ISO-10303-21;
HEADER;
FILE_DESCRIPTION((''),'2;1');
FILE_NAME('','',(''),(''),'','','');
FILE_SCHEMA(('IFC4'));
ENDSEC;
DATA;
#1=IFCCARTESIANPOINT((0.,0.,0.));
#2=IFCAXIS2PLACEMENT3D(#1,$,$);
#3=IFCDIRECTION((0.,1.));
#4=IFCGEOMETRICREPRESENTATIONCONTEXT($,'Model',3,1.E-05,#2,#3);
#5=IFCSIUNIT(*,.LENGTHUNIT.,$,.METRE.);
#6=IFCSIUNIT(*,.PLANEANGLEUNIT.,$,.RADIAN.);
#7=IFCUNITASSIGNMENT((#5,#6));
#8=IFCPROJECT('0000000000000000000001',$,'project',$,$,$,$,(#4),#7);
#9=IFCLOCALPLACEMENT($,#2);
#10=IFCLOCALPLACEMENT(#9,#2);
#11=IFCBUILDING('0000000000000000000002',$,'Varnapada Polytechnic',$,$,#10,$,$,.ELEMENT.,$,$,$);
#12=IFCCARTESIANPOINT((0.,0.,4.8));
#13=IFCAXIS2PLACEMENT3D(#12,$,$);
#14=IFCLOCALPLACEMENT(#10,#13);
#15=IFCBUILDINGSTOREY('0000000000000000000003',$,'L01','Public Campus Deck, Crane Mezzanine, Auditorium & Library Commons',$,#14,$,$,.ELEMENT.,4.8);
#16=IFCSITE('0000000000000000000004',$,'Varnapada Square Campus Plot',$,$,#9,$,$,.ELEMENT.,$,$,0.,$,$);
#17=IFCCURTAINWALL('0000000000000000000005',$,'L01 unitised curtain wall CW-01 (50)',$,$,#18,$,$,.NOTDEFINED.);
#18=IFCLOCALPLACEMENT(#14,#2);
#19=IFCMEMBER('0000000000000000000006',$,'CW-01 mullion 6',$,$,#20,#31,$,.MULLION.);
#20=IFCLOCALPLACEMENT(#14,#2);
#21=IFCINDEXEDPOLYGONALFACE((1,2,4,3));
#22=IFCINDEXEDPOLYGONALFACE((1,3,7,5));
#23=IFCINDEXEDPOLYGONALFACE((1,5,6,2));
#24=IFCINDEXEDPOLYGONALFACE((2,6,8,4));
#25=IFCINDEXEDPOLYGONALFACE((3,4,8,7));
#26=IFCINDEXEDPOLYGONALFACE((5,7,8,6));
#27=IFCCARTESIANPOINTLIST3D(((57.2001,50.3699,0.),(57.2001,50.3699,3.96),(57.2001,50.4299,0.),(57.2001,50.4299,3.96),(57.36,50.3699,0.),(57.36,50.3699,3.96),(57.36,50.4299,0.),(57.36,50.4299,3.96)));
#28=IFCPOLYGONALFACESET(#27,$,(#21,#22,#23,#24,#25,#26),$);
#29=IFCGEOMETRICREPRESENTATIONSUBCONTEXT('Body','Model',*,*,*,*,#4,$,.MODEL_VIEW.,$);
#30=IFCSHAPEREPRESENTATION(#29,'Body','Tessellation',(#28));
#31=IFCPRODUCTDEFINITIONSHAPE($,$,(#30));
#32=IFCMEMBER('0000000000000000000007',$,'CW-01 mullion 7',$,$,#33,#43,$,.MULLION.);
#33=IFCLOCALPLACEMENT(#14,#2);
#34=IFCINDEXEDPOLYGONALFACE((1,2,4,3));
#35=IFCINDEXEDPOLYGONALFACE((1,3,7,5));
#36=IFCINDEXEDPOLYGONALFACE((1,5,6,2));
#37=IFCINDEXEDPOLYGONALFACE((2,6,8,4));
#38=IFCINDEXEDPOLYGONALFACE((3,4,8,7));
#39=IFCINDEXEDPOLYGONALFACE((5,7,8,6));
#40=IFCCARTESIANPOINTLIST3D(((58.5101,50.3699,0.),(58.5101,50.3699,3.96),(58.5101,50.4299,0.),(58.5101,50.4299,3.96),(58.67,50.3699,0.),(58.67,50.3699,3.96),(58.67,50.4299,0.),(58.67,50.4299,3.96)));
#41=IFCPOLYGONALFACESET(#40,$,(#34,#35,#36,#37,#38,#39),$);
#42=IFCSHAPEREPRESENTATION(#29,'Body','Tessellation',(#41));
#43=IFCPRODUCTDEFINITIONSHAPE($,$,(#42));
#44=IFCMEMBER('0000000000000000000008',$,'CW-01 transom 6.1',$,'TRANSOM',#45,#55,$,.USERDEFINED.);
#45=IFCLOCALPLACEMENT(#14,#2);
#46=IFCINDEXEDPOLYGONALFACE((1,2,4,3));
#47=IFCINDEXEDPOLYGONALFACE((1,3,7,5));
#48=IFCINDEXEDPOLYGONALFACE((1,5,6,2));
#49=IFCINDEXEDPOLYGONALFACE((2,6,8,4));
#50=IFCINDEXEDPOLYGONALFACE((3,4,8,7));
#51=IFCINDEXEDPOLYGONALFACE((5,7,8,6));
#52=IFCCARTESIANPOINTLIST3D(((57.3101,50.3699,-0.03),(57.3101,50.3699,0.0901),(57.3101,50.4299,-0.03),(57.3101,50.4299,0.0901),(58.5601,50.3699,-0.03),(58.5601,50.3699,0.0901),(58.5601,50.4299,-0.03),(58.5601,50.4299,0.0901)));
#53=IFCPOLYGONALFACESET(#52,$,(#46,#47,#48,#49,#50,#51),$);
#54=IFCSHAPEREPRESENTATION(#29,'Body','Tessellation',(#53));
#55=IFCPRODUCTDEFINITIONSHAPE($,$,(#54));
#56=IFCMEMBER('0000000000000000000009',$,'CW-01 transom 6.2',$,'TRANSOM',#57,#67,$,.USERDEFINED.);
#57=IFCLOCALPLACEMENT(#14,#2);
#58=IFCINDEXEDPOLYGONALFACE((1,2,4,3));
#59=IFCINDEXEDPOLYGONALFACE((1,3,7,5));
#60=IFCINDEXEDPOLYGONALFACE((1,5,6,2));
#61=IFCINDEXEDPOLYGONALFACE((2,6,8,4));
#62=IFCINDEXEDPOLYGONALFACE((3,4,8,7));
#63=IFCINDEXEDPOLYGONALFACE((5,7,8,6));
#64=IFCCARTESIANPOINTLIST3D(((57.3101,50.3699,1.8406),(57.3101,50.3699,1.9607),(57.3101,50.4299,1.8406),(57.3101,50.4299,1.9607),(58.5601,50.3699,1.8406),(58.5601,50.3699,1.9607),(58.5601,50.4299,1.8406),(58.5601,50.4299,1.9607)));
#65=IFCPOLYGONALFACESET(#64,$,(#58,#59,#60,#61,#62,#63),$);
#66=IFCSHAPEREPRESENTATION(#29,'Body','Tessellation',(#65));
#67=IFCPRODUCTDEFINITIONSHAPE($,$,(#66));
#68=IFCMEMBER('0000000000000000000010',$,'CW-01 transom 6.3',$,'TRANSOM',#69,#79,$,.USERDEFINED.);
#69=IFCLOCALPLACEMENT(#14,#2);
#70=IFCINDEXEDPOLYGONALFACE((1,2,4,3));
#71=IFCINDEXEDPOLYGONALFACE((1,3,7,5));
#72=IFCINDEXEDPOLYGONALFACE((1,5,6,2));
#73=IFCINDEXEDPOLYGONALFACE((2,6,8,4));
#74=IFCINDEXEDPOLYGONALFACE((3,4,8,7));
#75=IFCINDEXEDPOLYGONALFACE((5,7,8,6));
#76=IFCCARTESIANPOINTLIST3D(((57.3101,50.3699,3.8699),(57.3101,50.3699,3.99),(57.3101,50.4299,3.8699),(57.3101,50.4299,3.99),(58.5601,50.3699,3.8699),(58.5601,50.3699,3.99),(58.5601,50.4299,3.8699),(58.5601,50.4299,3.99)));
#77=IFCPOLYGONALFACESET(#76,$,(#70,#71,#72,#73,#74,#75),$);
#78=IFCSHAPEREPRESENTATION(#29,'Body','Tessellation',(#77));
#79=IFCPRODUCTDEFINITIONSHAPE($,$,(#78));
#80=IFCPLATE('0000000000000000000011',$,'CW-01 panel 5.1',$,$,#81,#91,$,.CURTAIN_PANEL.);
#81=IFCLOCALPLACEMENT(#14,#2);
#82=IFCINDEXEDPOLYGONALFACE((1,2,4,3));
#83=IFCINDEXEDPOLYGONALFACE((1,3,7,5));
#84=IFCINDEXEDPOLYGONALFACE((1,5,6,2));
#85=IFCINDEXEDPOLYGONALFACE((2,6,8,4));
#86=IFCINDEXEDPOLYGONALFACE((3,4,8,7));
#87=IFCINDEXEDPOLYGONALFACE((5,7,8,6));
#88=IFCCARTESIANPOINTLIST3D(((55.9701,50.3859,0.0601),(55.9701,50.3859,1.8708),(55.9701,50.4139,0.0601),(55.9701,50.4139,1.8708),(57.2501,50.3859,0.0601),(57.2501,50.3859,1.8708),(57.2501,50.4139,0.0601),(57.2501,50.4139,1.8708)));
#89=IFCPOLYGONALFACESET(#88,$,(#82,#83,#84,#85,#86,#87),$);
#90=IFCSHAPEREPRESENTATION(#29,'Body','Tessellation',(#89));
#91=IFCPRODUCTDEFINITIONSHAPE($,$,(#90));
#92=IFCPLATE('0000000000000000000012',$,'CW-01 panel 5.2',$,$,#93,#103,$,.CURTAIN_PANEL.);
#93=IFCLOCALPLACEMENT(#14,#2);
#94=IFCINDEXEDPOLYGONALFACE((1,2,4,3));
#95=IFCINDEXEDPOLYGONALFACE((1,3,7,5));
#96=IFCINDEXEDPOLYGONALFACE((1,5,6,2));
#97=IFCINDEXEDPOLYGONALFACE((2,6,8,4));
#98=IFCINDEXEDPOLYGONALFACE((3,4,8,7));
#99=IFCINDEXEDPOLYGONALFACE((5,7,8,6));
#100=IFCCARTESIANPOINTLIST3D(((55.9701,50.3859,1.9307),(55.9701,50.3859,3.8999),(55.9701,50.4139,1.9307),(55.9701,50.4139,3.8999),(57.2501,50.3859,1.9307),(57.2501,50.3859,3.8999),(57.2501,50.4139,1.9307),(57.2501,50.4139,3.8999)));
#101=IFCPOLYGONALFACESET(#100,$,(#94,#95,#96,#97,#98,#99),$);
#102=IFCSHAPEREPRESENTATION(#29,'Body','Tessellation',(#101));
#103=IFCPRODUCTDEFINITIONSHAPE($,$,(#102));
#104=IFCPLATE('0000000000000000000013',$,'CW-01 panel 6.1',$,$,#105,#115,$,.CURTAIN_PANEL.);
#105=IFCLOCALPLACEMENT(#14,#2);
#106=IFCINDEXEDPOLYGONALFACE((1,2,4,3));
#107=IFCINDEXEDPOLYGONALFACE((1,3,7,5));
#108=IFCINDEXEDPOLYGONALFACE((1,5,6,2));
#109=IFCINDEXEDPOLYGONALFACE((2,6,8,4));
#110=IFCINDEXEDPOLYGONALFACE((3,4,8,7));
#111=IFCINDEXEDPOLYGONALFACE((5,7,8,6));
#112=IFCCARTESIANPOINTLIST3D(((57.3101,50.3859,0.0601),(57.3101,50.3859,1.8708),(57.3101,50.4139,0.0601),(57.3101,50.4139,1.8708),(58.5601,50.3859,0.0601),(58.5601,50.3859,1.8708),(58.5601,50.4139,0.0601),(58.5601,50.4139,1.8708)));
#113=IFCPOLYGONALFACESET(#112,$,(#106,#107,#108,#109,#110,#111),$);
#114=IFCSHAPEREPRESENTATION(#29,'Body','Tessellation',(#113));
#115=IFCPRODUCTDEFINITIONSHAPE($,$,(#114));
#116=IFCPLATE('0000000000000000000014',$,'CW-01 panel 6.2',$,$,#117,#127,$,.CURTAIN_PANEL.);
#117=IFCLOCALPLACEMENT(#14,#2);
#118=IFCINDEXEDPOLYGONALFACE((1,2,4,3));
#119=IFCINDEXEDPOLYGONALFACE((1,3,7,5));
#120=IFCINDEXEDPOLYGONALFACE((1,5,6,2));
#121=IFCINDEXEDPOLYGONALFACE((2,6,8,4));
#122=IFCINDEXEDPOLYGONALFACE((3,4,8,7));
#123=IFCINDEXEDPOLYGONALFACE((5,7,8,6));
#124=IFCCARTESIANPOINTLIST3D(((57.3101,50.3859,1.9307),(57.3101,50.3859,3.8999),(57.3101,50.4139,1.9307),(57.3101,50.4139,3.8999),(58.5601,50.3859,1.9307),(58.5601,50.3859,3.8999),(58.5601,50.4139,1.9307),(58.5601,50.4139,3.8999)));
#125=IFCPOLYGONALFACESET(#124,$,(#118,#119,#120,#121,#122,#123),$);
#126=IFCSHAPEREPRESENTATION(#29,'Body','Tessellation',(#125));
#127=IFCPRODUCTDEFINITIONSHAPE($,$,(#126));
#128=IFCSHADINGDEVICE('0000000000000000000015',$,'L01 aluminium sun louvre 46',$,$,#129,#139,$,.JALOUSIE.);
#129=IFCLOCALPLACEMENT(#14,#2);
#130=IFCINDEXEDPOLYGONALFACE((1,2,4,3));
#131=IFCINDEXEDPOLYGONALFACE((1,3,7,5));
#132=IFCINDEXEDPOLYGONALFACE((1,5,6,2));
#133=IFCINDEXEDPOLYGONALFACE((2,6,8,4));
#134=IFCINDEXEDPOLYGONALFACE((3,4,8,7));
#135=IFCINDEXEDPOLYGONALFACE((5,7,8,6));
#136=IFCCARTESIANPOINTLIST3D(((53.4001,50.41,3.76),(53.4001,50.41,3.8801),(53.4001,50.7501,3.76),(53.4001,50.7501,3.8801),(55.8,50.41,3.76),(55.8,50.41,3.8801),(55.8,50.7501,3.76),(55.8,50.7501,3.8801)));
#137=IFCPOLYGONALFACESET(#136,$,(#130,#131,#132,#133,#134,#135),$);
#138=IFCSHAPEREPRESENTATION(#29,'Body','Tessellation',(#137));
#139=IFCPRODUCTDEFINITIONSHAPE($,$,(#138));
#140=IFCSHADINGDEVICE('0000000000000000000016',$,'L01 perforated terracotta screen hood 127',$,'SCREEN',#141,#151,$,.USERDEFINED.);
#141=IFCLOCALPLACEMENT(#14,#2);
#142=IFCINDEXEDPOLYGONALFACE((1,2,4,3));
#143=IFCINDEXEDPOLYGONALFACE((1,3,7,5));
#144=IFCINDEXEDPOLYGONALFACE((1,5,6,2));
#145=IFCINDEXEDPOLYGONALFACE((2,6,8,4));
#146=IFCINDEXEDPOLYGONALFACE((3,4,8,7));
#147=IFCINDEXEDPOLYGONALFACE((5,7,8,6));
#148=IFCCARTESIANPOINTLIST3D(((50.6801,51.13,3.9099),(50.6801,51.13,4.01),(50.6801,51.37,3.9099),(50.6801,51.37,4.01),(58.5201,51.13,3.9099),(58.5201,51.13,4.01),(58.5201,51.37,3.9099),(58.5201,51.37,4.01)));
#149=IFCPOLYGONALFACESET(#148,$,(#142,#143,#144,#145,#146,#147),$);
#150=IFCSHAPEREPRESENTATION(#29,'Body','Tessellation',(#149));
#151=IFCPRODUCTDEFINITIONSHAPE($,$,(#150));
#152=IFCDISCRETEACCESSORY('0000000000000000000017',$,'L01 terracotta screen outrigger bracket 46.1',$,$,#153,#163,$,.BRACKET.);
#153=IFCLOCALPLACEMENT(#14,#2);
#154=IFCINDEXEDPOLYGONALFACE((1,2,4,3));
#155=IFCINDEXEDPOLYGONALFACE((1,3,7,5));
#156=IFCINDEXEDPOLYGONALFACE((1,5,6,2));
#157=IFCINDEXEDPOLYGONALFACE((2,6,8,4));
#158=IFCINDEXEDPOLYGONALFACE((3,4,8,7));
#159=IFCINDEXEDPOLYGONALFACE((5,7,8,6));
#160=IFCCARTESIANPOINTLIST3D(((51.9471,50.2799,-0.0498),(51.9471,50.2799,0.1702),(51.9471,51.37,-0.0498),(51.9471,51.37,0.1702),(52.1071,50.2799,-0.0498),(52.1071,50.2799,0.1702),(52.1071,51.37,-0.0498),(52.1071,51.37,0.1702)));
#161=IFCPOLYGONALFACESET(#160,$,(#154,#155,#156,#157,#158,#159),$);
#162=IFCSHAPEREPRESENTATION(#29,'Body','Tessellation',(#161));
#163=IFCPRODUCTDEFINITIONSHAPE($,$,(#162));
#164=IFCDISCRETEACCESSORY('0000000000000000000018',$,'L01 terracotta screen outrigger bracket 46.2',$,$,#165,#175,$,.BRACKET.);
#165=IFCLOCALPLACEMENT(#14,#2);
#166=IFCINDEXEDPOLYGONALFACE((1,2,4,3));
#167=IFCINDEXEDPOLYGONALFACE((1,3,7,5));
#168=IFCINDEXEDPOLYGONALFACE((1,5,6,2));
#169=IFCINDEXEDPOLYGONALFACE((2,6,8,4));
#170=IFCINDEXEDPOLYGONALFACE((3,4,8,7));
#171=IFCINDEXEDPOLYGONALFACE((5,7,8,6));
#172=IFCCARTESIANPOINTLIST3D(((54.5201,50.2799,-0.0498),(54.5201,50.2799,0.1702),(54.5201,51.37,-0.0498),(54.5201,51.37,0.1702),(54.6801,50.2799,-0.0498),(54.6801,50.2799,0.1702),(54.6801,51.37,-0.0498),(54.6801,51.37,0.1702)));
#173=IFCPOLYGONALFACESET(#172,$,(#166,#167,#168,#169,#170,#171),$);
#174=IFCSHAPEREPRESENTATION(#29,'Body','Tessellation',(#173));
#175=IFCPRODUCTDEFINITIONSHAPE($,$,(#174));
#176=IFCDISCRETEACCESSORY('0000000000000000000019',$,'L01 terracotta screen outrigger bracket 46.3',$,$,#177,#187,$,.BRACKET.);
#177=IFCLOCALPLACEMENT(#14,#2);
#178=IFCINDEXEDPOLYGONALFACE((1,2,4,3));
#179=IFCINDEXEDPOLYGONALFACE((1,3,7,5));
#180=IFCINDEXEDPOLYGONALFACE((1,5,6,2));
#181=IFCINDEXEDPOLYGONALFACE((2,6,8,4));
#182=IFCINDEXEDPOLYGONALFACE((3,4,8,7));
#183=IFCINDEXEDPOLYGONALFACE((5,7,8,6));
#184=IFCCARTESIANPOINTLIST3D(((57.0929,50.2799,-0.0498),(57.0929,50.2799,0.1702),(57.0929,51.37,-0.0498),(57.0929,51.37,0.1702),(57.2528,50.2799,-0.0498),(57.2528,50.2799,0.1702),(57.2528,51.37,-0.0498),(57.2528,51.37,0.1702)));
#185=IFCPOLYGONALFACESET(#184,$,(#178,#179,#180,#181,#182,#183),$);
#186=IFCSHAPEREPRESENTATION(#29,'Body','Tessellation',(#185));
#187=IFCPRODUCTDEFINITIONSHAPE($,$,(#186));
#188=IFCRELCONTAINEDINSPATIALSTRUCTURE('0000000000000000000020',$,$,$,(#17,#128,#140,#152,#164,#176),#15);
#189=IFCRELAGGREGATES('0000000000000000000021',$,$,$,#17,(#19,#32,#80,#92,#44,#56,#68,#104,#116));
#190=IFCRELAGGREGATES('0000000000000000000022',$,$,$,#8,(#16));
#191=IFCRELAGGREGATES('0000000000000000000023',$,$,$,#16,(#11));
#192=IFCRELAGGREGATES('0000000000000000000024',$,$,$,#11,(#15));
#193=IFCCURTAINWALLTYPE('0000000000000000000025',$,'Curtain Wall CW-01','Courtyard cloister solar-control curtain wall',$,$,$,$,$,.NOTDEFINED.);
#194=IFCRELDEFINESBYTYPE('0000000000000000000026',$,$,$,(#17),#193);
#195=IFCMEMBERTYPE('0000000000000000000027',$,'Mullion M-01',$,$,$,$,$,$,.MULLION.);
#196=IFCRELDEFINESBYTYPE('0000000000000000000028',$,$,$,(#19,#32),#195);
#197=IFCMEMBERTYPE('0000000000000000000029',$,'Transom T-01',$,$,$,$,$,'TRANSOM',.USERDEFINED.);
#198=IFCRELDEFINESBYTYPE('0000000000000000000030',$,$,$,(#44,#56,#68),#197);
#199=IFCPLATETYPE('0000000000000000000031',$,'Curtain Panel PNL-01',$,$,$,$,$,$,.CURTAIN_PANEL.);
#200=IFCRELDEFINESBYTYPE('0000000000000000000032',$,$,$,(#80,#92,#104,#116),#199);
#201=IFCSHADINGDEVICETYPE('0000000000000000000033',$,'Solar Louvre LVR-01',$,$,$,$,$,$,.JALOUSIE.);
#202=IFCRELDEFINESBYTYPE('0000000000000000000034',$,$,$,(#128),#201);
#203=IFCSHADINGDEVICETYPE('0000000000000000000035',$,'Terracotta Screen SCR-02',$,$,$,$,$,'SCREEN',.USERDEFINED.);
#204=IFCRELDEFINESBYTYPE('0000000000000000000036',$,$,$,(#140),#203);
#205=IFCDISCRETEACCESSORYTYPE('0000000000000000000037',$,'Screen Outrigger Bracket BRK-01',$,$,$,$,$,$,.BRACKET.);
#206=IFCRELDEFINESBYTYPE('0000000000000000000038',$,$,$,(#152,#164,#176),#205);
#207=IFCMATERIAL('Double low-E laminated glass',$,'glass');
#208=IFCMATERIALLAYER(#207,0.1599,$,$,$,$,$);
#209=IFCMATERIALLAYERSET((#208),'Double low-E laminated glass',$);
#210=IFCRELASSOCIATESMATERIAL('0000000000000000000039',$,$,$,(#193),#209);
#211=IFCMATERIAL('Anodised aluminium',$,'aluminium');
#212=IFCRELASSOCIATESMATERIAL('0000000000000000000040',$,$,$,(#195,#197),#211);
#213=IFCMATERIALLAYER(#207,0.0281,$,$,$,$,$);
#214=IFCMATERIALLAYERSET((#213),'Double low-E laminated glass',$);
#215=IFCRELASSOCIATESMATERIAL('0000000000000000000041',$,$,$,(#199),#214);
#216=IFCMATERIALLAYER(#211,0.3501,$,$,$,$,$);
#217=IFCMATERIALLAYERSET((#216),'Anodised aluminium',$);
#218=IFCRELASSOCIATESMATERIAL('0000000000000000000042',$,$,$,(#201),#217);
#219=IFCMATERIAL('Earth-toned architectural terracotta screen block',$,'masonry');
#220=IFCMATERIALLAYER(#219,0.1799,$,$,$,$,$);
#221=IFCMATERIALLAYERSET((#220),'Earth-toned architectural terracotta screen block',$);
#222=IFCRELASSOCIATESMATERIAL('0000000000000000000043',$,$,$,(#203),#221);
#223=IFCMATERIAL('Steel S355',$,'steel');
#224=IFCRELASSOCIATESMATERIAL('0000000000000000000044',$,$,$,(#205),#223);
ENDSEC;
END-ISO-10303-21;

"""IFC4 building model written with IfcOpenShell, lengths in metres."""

from ifc_helpers import new_model, si_unit, direction, frame, origin, origin_2d, place, context, subcontext, project, spatial, rectangle, extrude, material, layer, layer_set, material_profile, profile_set, type_object, element, aggregate, save


model = new_model("IFC4")

# Units and contexts
model_context = context("Model", 3, precision=1e-05, world=origin(), true_north=direction((0.0, 1.0)))
body_context = subcontext(model_context, "Body", "Model", "MODEL_VIEW")
ifc_project = project(units=[si_unit("LENGTHUNIT", "METRE"), si_unit("PLANEANGLEUNIT", "RADIAN")], contexts=[model_context])

# Site, building, storey
site_placement = place(None, origin())
site = spatial("IfcSite", under=ifc_project, at=site_placement, Name="Varnapada Square Campus Plot", CompositionType="ELEMENT", RefElevation=0.0)
building_placement = place(site_placement, origin())
building = spatial("IfcBuilding", under=site, at=building_placement, Name="Varnapada Polytechnic", CompositionType="ELEMENT")
storey_placement = place(building_placement, frame((0.0, 0.0, 4.8)))
storey = spatial("IfcBuildingStorey", under=building, at=storey_placement, Name="L01", Description="Public Campus Deck, Crane Mezzanine, Auditorium & Library Commons", CompositionType="ELEMENT", Elevation=4.8)

# Curtain wall, members, plates
ifc_material_1 = material(Name="Double low-E laminated glass", Category="glass")
ifc_layer_1 = layer(ifc_material_1, 0.1599)
ifc_layer_set_1 = layer_set([ifc_layer_1], Name="Double low-E laminated glass")
curtain_wall_type = type_object("IfcCurtainWallType", Name="Curtain Wall CW-01", Description="Courtyard cloister solar-control curtain wall", PredefinedType="NOTDEFINED", material=ifc_layer_set_1)
curtain_wall_placement = place(storey_placement, origin())
curtain_wall = element("IfcCurtainWall", 1, at=curtain_wall_placement, inside=storey, type_object=curtain_wall_type, Name="L01 unitised curtain wall CW-01 (50)", PredefinedType="NOTDEFINED")
ifc_material_2 = material(Name="Anodised aluminium", Category="aluminium")
ifc_material_profile_1 = material_profile(ifc_material_2, rectangle(XDim=0.0601, YDim=0.1599, at=origin_2d()), Name="ALU M60x160")
ifc_profile_set_1 = profile_set([ifc_material_profile_1], Name="Anodised aluminium")
member_type_1 = type_object("IfcMemberType", Name="Mullion M-01", PredefinedType="MULLION", material=ifc_profile_set_1)
member_1_placement = place(storey_placement, frame((57.28, 50.3999, 0.0), z_axis=(0.0, 0.0, 1.0), x_axis=(0.0, 1.0, 0.0)))
member_1 = element("IfcMember", 2, at=member_1_placement, type_object=member_type_1, Name="CW-01 mullion 6", PredefinedType="MULLION", context=body_context, shape_type="SweptSolid", body=[
    extrude(rectangle(XDim=0.0601, YDim=0.1599, at=origin_2d()), origin(), (0.0, 0.0, 1.0), 3.96),
])
member_2_placement = place(storey_placement, frame((58.5901, 50.3999, 0.0), z_axis=(0.0, 0.0, 1.0), x_axis=(0.0, 1.0, 0.0)))
member_2 = element("IfcMember", 3, at=member_2_placement, type_object=member_type_1, Name="CW-01 mullion 7", PredefinedType="MULLION", context=body_context, shape_type="SweptSolid", body=[
    extrude(rectangle(XDim=0.0601, YDim=0.1599, at=origin_2d()), origin(), (0.0, 0.0, 1.0), 3.96),
])
ifc_material_profile_2 = material_profile(ifc_material_2, rectangle(XDim=0.0601, YDim=0.1201, at=origin_2d()), Name="ALU T60x120")
ifc_profile_set_2 = profile_set([ifc_material_profile_2], Name="Anodised aluminium")
member_type_2 = type_object("IfcMemberType", Name="Transom T-01", ElementType="TRANSOM", PredefinedType="USERDEFINED", material=ifc_profile_set_2)
member_3_placement = place(storey_placement, frame((57.3101, 50.3999, 0.03), z_axis=(1.0, 0.0, 0.0), x_axis=(0.0, 1.0, 0.0)))
member_3 = element("IfcMember", 4, at=member_3_placement, type_object=member_type_2, Name="CW-01 transom 6.1", ObjectType="TRANSOM", PredefinedType="USERDEFINED", context=body_context, shape_type="SweptSolid", body=[
    extrude(rectangle(XDim=0.0601, YDim=0.1201, at=origin_2d()), origin(), (0.0, 0.0, 1.0), 1.25),
])
member_4_placement = place(storey_placement, frame((57.3101, 50.3999, 1.9006), z_axis=(1.0, 0.0, 0.0), x_axis=(0.0, 1.0, 0.0)))
member_4 = element("IfcMember", 5, at=member_4_placement, type_object=member_type_2, Name="CW-01 transom 6.2", ObjectType="TRANSOM", PredefinedType="USERDEFINED", context=body_context, shape_type="SweptSolid", body=[
    extrude(rectangle(XDim=0.0601, YDim=0.1201, at=origin_2d()), origin(), (0.0, 0.0, 1.0), 1.25),
])
member_5_placement = place(storey_placement, frame((57.3101, 50.3999, 3.9299), z_axis=(1.0, 0.0, 0.0), x_axis=(0.0, 1.0, 0.0)))
member_5 = element("IfcMember", 6, at=member_5_placement, type_object=member_type_2, Name="CW-01 transom 6.3", ObjectType="TRANSOM", PredefinedType="USERDEFINED", context=body_context, shape_type="SweptSolid", body=[
    extrude(rectangle(XDim=0.0601, YDim=0.1201, at=origin_2d()), origin(), (0.0, 0.0, 1.0), 1.25),
])
ifc_layer_2 = layer(ifc_material_1, 0.0281)
ifc_layer_set_2 = layer_set([ifc_layer_2], Name="Double low-E laminated glass")
plate_type = type_object("IfcPlateType", Name="Curtain Panel PNL-01", PredefinedType="CURTAIN_PANEL", material=ifc_layer_set_2)
plate_1_placement = place(storey_placement, frame((56.6101, 50.3999, 0.0601), z_axis=(0.0, 0.0, 1.0), x_axis=(1.0, 0.0, 0.0)))
plate_1 = element("IfcPlate", 7, at=plate_1_placement, type_object=plate_type, Name="CW-01 panel 5.1", PredefinedType="CURTAIN_PANEL", context=body_context, shape_type="SweptSolid", body=[
    extrude(rectangle(XDim=1.28, YDim=0.0281, at=origin_2d()), origin(), (0.0, 0.0, 1.0), 1.8108),
])
plate_2_placement = place(storey_placement, frame((56.6101, 50.3999, 1.9307), z_axis=(0.0, 0.0, 1.0), x_axis=(1.0, 0.0, 0.0)))
plate_2 = element("IfcPlate", 8, at=plate_2_placement, type_object=plate_type, Name="CW-01 panel 5.2", PredefinedType="CURTAIN_PANEL", context=body_context, shape_type="SweptSolid", body=[
    extrude(rectangle(XDim=1.28, YDim=0.0281, at=origin_2d()), origin(), (0.0, 0.0, 1.0), 1.9692),
])
plate_3_placement = place(storey_placement, frame((57.9351, 50.3999, 0.0601), z_axis=(0.0, 0.0, 1.0), x_axis=(1.0, 0.0, 0.0)))
plate_3 = element("IfcPlate", 9, at=plate_3_placement, type_object=plate_type, Name="CW-01 panel 6.1", PredefinedType="CURTAIN_PANEL", context=body_context, shape_type="SweptSolid", body=[
    extrude(rectangle(XDim=1.25, YDim=0.0281, at=origin_2d()), origin(), (0.0, 0.0, 1.0), 1.8108),
])
plate_4_placement = place(storey_placement, frame((57.9351, 50.3999, 1.9307), z_axis=(0.0, 0.0, 1.0), x_axis=(1.0, 0.0, 0.0)))
plate_4 = element("IfcPlate", 10, at=plate_4_placement, type_object=plate_type, Name="CW-01 panel 6.2", PredefinedType="CURTAIN_PANEL", context=body_context, shape_type="SweptSolid", body=[
    extrude(rectangle(XDim=1.25, YDim=0.0281, at=origin_2d()), origin(), (0.0, 0.0, 1.0), 1.9692),
])
aggregate(curtain_wall, [member_1, member_2, plate_1, plate_2, member_3, member_4, member_5, plate_3, plate_4])

# Shading devices
ifc_layer_3 = layer(ifc_material_2, 0.3501)
ifc_layer_set_3 = layer_set([ifc_layer_3], Name="Anodised aluminium")
shading_device_type_1 = type_object("IfcShadingDeviceType", Name="Solar Louvre LVR-01", PredefinedType="JALOUSIE", material=ifc_layer_set_3)
shading_device_1_placement = place(storey_placement, frame((54.6001, 50.5801, 3.76), z_axis=(0.0, 0.0, 1.0), x_axis=(1.0, 0.0, 0.0)))
element("IfcShadingDevice", 11, at=shading_device_1_placement, inside=storey, type_object=shading_device_type_1, Name="L01 aluminium sun louvre 46", PredefinedType="JALOUSIE", context=body_context, shape_type="SweptSolid", body=[
    extrude(rectangle(XDim=2.3999, YDim=0.3401, at=origin_2d()), origin(), (0.0, 0.0, 1.0), 0.1201),
])
ifc_material_3 = material(Name="Earth-toned architectural terracotta screen block", Category="masonry")
ifc_layer_4 = layer(ifc_material_3, 0.1799)
ifc_layer_set_4 = layer_set([ifc_layer_4], Name="Earth-toned architectural terracotta screen block")
shading_device_type_2 = type_object("IfcShadingDeviceType", Name="Terracotta Screen SCR-02", ElementType="SCREEN", PredefinedType="USERDEFINED", material=ifc_layer_set_4)
shading_device_2_placement = place(storey_placement, frame((54.6001, 51.25, 3.9099), z_axis=(0.0, 0.0, 1.0), x_axis=(1.0, 0.0, 0.0)))
element("IfcShadingDevice", 12, at=shading_device_2_placement, inside=storey, type_object=shading_device_type_2, Name="L01 perforated terracotta screen hood 127", ObjectType="SCREEN", PredefinedType="USERDEFINED", context=body_context, shape_type="SweptSolid", body=[
    extrude(rectangle(XDim=7.8401, YDim=0.24, at=origin_2d()), origin(), (0.0, 0.0, 1.0), 0.1001),
])

# Discrete accessories
ifc_material_4 = material(Name="Steel S355", Category="steel")
discrete_accessory_type = type_object("IfcDiscreteAccessoryType", Name="Screen Outrigger Bracket BRK-01", PredefinedType="BRACKET", material=ifc_material_4)
for number, where, z_axis, x_axis, name in (
    (13, (52.0271, 50.825, -0.0498), (0.0, 0.0, 1.0), (1.0, 0.0, 0.0), "L01 terracotta screen outrigger bracket 46.1"),
    (14, (54.6001, 50.825, -0.0498), (0.0, 0.0, 1.0), (1.0, 0.0, 0.0), "L01 terracotta screen outrigger bracket 46.2"),
    (15, (57.1729, 50.825, -0.0498), (0.0, 0.0, 1.0), (1.0, 0.0, 0.0), "L01 terracotta screen outrigger bracket 46.3"),
):
    element("IfcDiscreteAccessory", number, at=place(storey_placement, frame(where, z_axis=z_axis, x_axis=x_axis)), inside=storey, type_object=discrete_accessory_type, Name=name, PredefinedType="BRACKET", context=body_context, shape_type="SweptSolid", body=[
        extrude(rectangle(XDim=0.1599, YDim=1.0901, at=origin_2d()), origin(), (0.0, 0.0, 1.0), 0.22),
    ])

save(model, "model.ifc")
